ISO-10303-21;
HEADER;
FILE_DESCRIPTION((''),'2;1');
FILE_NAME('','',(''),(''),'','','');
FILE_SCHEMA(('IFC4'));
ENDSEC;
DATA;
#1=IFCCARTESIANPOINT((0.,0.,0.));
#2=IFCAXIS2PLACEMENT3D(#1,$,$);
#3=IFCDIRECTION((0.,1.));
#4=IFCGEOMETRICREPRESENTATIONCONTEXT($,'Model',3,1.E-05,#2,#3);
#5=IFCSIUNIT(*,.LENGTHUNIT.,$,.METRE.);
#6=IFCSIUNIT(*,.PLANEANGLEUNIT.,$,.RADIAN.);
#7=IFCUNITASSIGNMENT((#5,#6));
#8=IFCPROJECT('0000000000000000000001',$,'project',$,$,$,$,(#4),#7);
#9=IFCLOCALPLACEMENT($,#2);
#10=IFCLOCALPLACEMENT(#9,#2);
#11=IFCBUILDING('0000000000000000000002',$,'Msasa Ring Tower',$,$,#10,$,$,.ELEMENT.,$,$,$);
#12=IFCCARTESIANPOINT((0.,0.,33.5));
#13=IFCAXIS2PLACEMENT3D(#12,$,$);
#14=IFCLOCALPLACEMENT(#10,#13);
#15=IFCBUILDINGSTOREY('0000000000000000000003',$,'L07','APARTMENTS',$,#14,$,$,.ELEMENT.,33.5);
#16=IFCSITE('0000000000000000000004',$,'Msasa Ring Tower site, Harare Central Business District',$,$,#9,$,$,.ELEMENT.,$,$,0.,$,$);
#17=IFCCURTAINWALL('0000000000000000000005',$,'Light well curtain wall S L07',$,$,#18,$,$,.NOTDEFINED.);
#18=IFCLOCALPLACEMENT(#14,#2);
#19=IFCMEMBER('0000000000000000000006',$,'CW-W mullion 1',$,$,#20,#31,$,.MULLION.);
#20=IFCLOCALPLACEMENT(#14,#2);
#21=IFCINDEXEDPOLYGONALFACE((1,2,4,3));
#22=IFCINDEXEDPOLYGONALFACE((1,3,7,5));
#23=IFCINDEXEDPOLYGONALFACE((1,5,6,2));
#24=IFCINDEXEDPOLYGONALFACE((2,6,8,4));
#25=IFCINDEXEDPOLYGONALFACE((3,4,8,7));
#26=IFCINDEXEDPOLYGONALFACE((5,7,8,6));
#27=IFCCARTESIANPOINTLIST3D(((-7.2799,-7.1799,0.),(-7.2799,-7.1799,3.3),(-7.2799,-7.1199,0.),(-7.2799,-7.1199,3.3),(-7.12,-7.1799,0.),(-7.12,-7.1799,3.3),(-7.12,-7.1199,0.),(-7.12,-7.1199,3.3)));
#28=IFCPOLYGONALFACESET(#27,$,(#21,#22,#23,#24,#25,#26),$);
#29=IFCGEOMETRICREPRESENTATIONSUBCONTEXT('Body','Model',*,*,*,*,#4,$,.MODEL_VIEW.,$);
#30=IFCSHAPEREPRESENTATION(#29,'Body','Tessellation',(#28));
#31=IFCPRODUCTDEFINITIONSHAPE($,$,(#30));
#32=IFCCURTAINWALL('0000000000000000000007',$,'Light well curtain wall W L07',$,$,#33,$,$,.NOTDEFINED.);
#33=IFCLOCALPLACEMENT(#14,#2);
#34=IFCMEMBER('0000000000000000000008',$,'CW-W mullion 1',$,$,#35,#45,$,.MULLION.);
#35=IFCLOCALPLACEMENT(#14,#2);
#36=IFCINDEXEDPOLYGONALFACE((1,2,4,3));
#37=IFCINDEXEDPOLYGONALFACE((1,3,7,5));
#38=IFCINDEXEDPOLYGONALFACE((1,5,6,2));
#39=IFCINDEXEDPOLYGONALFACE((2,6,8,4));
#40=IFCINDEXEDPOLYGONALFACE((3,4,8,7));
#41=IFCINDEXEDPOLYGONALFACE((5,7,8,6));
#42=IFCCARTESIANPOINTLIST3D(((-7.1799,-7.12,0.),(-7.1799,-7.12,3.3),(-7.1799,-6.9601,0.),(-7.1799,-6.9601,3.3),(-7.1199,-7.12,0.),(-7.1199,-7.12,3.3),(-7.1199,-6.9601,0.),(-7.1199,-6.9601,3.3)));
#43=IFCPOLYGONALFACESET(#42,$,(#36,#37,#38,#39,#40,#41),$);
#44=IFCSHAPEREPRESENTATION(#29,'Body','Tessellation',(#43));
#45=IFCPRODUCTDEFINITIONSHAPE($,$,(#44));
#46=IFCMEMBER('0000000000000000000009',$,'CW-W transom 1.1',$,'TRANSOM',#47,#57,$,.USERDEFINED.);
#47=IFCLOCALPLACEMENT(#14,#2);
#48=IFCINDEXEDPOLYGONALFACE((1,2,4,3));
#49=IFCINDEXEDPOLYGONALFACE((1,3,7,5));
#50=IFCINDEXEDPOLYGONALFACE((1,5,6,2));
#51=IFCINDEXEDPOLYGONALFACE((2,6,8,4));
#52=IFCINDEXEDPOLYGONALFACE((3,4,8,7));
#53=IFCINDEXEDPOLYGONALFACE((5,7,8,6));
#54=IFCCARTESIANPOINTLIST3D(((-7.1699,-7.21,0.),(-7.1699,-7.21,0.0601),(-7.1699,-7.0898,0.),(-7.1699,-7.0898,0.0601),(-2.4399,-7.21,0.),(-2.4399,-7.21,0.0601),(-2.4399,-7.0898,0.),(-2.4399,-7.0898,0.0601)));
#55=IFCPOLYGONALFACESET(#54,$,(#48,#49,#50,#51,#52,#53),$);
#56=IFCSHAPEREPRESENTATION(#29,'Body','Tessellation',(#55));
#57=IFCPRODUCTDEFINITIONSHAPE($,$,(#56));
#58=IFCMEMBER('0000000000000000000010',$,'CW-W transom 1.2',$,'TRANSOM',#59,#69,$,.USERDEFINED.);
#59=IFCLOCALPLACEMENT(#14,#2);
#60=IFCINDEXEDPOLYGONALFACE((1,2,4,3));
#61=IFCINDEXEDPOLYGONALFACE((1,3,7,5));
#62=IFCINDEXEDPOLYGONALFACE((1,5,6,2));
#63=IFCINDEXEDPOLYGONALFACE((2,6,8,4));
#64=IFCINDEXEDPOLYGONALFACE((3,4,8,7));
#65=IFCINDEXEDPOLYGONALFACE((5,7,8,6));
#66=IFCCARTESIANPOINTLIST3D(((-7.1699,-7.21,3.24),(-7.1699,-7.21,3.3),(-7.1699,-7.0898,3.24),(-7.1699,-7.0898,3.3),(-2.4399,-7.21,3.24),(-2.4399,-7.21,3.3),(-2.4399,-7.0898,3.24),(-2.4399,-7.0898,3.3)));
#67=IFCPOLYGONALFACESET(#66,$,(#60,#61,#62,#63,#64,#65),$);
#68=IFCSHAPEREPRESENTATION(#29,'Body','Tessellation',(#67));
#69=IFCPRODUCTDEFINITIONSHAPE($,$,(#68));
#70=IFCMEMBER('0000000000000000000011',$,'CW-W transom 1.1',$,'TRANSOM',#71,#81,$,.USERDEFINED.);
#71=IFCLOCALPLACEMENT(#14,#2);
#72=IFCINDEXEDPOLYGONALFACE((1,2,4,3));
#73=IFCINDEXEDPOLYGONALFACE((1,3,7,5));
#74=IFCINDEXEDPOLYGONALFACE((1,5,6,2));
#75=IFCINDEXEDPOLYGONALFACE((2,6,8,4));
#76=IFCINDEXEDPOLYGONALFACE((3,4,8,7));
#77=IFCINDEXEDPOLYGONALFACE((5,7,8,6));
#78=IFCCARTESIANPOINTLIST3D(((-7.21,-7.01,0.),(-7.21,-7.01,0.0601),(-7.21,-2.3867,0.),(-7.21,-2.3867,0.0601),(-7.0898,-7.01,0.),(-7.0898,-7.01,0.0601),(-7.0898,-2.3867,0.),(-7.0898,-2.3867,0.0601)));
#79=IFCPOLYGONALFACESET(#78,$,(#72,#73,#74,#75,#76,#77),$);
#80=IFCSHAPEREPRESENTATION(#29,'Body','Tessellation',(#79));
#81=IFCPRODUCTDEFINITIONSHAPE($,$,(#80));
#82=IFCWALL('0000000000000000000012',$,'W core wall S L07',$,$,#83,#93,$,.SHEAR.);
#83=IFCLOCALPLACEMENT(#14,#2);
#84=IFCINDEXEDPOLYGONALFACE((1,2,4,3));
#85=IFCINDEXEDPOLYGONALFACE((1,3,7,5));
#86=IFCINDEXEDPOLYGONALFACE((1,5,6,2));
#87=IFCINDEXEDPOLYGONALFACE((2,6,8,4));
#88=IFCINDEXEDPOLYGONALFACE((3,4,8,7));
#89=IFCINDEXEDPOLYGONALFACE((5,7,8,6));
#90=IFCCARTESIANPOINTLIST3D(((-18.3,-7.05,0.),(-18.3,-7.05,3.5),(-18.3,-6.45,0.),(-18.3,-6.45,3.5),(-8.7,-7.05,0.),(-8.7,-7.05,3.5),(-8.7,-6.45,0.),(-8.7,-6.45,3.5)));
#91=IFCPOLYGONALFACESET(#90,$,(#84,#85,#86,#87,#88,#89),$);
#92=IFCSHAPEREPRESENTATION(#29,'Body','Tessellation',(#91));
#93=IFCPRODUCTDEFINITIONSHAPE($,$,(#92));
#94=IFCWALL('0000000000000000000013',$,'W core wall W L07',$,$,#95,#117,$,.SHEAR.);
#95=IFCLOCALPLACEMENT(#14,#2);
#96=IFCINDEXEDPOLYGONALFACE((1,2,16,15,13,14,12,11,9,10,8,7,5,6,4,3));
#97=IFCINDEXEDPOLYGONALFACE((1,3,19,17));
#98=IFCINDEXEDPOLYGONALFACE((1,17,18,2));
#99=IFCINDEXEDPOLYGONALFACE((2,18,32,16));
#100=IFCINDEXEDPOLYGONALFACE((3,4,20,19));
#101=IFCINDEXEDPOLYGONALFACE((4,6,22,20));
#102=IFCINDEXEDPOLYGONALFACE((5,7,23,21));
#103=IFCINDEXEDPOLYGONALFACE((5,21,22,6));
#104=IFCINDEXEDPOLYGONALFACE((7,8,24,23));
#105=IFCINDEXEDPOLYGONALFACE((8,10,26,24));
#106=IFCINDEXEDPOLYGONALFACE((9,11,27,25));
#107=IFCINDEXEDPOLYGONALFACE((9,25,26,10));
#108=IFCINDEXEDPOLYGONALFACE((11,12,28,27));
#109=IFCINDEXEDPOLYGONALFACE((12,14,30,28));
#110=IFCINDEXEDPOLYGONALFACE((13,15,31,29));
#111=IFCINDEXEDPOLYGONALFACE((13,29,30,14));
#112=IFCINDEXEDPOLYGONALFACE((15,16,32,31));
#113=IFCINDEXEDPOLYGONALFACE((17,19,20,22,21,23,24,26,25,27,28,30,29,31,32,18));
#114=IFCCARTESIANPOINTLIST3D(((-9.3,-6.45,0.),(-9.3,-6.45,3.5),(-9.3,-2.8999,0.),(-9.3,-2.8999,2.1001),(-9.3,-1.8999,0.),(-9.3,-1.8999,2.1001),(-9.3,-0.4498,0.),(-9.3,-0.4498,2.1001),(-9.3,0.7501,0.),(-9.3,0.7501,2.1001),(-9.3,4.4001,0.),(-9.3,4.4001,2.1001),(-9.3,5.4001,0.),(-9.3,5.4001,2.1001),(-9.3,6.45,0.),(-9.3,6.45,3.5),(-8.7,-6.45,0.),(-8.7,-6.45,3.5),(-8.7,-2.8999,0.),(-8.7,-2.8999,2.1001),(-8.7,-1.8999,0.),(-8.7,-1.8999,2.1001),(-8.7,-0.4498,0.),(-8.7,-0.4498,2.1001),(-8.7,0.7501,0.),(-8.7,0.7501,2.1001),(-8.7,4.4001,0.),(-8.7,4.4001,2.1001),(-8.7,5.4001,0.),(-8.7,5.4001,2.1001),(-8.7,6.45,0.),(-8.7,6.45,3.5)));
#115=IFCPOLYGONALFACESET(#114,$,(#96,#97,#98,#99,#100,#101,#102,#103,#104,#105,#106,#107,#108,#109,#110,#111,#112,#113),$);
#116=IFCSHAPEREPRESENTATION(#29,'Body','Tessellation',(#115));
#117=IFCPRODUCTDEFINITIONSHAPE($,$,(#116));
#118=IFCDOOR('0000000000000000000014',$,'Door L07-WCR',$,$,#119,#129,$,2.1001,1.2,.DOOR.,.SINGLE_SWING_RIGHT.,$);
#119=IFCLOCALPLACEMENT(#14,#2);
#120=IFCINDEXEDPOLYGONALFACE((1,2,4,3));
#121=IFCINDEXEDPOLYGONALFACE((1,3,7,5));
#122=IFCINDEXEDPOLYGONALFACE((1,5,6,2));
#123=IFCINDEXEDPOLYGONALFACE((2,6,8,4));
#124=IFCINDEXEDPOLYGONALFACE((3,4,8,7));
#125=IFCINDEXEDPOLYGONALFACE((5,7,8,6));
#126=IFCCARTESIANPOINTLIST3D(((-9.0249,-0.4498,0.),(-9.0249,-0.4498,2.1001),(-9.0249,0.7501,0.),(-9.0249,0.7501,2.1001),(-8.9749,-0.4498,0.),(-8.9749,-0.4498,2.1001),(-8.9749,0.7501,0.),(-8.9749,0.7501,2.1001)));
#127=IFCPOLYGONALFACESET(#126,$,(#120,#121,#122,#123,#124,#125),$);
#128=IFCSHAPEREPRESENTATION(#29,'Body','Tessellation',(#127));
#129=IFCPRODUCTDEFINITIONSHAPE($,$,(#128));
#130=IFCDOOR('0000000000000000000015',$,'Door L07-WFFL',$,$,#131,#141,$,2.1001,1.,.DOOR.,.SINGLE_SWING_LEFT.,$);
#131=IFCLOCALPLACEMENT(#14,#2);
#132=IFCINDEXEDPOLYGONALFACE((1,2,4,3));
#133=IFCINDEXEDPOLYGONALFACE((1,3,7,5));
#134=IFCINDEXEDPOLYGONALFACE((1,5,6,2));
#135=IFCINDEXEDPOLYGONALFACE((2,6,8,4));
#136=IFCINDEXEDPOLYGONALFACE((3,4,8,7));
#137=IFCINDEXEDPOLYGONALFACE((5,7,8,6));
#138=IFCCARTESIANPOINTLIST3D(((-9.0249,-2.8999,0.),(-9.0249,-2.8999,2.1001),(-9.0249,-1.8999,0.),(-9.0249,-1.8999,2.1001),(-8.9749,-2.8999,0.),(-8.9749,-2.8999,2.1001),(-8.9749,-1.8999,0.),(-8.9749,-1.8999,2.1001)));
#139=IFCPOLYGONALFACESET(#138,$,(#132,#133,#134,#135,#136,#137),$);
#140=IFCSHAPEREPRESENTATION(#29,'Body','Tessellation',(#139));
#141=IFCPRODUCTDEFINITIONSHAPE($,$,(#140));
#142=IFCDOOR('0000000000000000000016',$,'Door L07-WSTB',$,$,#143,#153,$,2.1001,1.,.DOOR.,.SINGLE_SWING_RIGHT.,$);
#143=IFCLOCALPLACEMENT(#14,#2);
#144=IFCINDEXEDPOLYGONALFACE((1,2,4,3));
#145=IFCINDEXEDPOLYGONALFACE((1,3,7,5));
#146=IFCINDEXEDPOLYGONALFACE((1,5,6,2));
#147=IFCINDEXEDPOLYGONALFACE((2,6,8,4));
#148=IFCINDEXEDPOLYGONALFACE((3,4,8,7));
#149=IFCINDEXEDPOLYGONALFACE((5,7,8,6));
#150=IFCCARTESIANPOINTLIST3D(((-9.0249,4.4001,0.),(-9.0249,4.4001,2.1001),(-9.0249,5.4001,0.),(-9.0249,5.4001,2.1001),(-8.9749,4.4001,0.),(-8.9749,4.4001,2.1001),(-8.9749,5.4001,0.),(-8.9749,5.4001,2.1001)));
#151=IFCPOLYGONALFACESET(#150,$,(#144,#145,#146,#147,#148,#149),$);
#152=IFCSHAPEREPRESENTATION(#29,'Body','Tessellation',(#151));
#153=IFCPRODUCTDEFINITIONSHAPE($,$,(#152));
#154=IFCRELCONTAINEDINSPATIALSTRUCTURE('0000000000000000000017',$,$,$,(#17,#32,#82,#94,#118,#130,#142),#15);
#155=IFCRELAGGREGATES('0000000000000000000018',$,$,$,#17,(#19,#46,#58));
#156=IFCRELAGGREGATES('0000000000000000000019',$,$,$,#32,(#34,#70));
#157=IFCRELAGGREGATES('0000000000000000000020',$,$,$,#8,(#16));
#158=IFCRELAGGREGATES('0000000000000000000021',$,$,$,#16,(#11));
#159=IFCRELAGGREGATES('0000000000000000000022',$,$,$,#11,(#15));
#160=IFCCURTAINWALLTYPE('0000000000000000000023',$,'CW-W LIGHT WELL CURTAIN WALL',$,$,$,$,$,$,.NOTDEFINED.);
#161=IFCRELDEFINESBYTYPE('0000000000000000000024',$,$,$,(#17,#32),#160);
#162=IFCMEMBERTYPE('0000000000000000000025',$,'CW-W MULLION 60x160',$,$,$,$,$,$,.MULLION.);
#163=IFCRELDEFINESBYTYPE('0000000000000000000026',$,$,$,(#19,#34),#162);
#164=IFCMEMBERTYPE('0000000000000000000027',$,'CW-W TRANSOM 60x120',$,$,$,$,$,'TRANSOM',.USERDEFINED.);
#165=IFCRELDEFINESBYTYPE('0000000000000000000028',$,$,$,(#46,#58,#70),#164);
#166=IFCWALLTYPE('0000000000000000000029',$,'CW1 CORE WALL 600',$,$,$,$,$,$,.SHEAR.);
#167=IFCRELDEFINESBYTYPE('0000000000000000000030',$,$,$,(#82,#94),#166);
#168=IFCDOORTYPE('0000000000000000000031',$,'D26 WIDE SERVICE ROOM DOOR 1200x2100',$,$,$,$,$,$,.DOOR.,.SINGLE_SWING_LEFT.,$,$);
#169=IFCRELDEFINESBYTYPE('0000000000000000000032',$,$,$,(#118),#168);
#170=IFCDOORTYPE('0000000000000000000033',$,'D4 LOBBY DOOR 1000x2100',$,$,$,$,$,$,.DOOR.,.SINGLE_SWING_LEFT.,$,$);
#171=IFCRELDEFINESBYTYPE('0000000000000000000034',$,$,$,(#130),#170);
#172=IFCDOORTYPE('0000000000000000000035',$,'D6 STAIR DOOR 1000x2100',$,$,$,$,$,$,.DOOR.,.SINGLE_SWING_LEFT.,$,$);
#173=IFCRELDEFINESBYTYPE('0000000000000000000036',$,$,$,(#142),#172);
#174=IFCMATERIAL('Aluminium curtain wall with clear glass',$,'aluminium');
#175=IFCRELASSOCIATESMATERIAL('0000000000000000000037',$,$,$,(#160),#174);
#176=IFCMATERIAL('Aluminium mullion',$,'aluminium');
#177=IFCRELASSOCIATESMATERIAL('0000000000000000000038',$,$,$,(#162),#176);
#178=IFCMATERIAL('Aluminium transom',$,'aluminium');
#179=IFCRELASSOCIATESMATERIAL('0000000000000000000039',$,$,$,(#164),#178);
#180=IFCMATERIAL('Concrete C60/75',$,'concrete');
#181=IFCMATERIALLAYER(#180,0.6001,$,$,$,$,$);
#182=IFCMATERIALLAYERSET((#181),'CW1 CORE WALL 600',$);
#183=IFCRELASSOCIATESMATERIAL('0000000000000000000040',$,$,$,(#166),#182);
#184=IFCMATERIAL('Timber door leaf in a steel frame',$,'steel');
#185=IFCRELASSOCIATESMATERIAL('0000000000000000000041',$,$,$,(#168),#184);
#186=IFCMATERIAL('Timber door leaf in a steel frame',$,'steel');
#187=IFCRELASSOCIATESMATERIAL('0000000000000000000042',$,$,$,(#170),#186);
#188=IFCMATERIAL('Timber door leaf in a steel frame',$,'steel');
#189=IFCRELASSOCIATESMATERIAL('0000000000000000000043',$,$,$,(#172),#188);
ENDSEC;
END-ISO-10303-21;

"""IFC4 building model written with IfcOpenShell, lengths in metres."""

from ifc_helpers import new_model, si_unit, direction, frame, frame_2d, origin, origin_2d, place, context, subcontext, project, spatial, rectangle, extrude, material, layer, layer_set, material_profile, profile_set, type_object, element, fill, aggregate, save


model = new_model("IFC4")

# Units and contexts
model_context = context("Model", 3, precision=1e-05, world=origin(), true_north=direction((0.0, 1.0)))
body_context = subcontext(model_context, "Body", "Model", "MODEL_VIEW")
ifc_project = project(units=[si_unit("LENGTHUNIT", "METRE"), si_unit("PLANEANGLEUNIT", "RADIAN")], contexts=[model_context])

# Site, building, storey
site_placement = place(None, origin())
site = spatial("IfcSite", under=ifc_project, at=site_placement, Name="Msasa Ring Tower site, Harare Central Business District", CompositionType="ELEMENT", RefElevation=0.0)
building_placement = place(site_placement, origin())
building = spatial("IfcBuilding", under=site, at=building_placement, Name="Msasa Ring Tower", CompositionType="ELEMENT")
storey_placement = place(building_placement, frame((0.0, 0.0, 33.5)))
storey = spatial("IfcBuildingStorey", under=building, at=storey_placement, Name="L07", Description="APARTMENTS", CompositionType="ELEMENT", Elevation=33.5)

# Curtain walls, members
ifc_material_1 = material(Name="Aluminium curtain wall with clear glass", Category="aluminium")
curtain_wall_type = type_object("IfcCurtainWallType", Name="CW-W LIGHT WELL CURTAIN WALL", PredefinedType="NOTDEFINED", material=ifc_material_1)
curtain_wall_1_placement = place(storey_placement, origin())
curtain_wall_1 = element("IfcCurtainWall", 1, at=curtain_wall_1_placement, inside=storey, type_object=curtain_wall_type, Name="Light well curtain wall S L07", PredefinedType="NOTDEFINED")
ifc_material_2 = material(Name="Aluminium mullion", Category="aluminium")
ifc_material_profile_1 = material_profile(ifc_material_2, rectangle(XDim=0.0601, YDim=0.1599, at=origin_2d()), Name="AL 60x160")
ifc_profile_set_1 = profile_set([ifc_material_profile_1], Name="Aluminium mullion")
member_type_1 = type_object("IfcMemberType", Name="CW-W MULLION 60x160", PredefinedType="MULLION", material=ifc_profile_set_1)
member_1_placement = place(storey_placement, frame((-7.2, -7.1499, 0.0), z_axis=(0.0, 0.0, 1.0), x_axis=(0.0, 1.0, 0.0)))
member_1 = element("IfcMember", 2, at=member_1_placement, type_object=member_type_1, Name="CW-W mullion 1", PredefinedType="MULLION", context=body_context, shape_type="SweptSolid", body=[
    extrude(rectangle(XDim=0.0601, YDim=0.1599, at=origin_2d()), origin(), (0.0, 0.0, 1.0), 3.3),
])
curtain_wall_2_placement = place(storey_placement, origin())
curtain_wall_2 = element("IfcCurtainWall", 3, at=curtain_wall_2_placement, inside=storey, type_object=curtain_wall_type, Name="Light well curtain wall W L07", PredefinedType="NOTDEFINED")
member_2_placement = place(storey_placement, frame((-7.1499, -7.04, 0.0), z_axis=(0.0, 0.0, 1.0), x_axis=(-1.0, 0.0, 0.0)))
member_2 = element("IfcMember", 4, at=member_2_placement, type_object=member_type_1, Name="CW-W mullion 1", PredefinedType="MULLION", context=body_context, shape_type="SweptSolid", body=[
    extrude(rectangle(XDim=0.0601, YDim=0.1599, at=origin_2d()), origin(), (0.0, 0.0, 1.0), 3.3),
])

# Members
ifc_material_3 = material(Name="Aluminium transom", Category="aluminium")
ifc_material_profile_2 = material_profile(ifc_material_3, rectangle(XDim=0.1201, YDim=0.0601, at=origin_2d()), Name="AL 60x120")
ifc_profile_set_2 = profile_set([ifc_material_profile_2], Name="Aluminium transom")
member_type_2 = type_object("IfcMemberType", Name="CW-W TRANSOM 60x120", ElementType="TRANSOM", PredefinedType="USERDEFINED", material=ifc_profile_set_2)
member_3_placement = place(storey_placement, frame((-7.1699, -7.1499, 0.03), z_axis=(1.0, 0.0, 0.0), x_axis=(0.0, 1.0, 0.0)))
member_3 = element("IfcMember", 5, at=member_3_placement, type_object=member_type_2, Name="CW-W transom 1.1", ObjectType="TRANSOM", PredefinedType="USERDEFINED", context=body_context, shape_type="SweptSolid", body=[
    extrude(rectangle(XDim=0.1201, YDim=0.0601, at=origin_2d()), origin(), (0.0, 0.0, 1.0), 4.73),
])
member_4_placement = place(storey_placement, frame((-7.1699, -7.1499, 3.27), z_axis=(1.0, 0.0, 0.0), x_axis=(0.0, 1.0, 0.0)))
member_4 = element("IfcMember", 6, at=member_4_placement, type_object=member_type_2, Name="CW-W transom 1.2", ObjectType="TRANSOM", PredefinedType="USERDEFINED", context=body_context, shape_type="SweptSolid", body=[
    extrude(rectangle(XDim=0.1201, YDim=0.0601, at=origin_2d()), origin(), (0.0, 0.0, 1.0), 4.73),
])
aggregate(curtain_wall_1, [member_1, member_3, member_4])
member_5_placement = place(storey_placement, frame((-7.1499, -7.01, 0.03), z_axis=(0.0, 1.0, 0.0), x_axis=(-1.0, 0.0, 0.0)))
member_5 = element("IfcMember", 7, at=member_5_placement, type_object=member_type_2, Name="CW-W transom 1.1", ObjectType="TRANSOM", PredefinedType="USERDEFINED", context=body_context, shape_type="SweptSolid", body=[
    extrude(rectangle(XDim=0.1201, YDim=0.0601, at=origin_2d()), origin(), (0.0, 0.0, 1.0), 4.6233),
])
aggregate(curtain_wall_2, [member_2, member_5])

# Wall
ifc_material_4 = material(Name="Concrete C60/75", Category="concrete")
ifc_layer_1 = layer(ifc_material_4, 0.6001)
ifc_layer_set_1 = layer_set([ifc_layer_1], Name="CW1 CORE WALL 600")
wall_type_1 = type_object("IfcWallType", Name="CW1 CORE WALL 600", PredefinedType="SHEAR", material=ifc_layer_set_1)
wall_1_placement = place(storey_placement, frame((-8.7, -6.75, 0.0), z_axis=(0.0, 0.0, 1.0), x_axis=(-1.0, 0.0, 0.0)))
element("IfcWall", 8, at=wall_1_placement, inside=storey, type_object=wall_type_1, Name="W core wall S L07", PredefinedType="SHEAR", context=body_context, shape_type="SweptSolid", body=[
    extrude(rectangle(XDim=9.6001, YDim=0.6001, at=frame_2d((4.8, 0.0))), origin(), (0.0, 0.0, 1.0), 3.5),
])

# Wall, openings, doors
wall_2_placement = place(storey_placement, frame((-9.0, -6.45, 0.0), z_axis=(0.0, 0.0, 1.0), x_axis=(0.0, 1.0, 0.0)))
wall_2 = element("IfcWall", 9, at=wall_2_placement, inside=storey, type_object=wall_type_1, Name="W core wall W L07", PredefinedType="SHEAR", context=body_context, shape_type="SweptSolid", body=[
    extrude(rectangle(XDim=12.8999, YDim=0.6001, at=frame_2d((6.45, 0.0))), origin(), (0.0, 0.0, 1.0), 3.5),
])
opening_1_placement = place(wall_2_placement, frame((3.55, 0.0, 0.0)))
opening_1 = element("IfcOpeningElement", 10, at=opening_1_placement, cuts=wall_2, PredefinedType="OPENING", context=body_context, shape_type="SweptSolid", body=[
    extrude(rectangle(XDim=1.0, YDim=2.1001, at=frame_2d((0.5, 1.05))), frame((0.0, 0.3101, 0.0), z_axis=(0.0, -1.0, 0.0), x_axis=(1.0, 0.0, 0.0)), (0.0, 0.0, 1.0), 0.6201),
])
opening_2_placement = place(wall_2_placement, frame((6.0, 0.0, 0.0)))
opening_2 = element("IfcOpeningElement", 11, at=opening_2_placement, cuts=wall_2, PredefinedType="OPENING", context=body_context, shape_type="SweptSolid", body=[
    extrude(rectangle(XDim=1.2, YDim=2.1001, at=frame_2d((0.6001, 1.05))), frame((0.0, 0.3101, 0.0), z_axis=(0.0, -1.0, 0.0), x_axis=(1.0, 0.0, 0.0)), (0.0, 0.0, 1.0), 0.6201),
])
opening_3_placement = place(wall_2_placement, frame((10.8501, 0.0, 0.0)))
opening_3 = element("IfcOpeningElement", 12, at=opening_3_placement, cuts=wall_2, PredefinedType="OPENING", context=body_context, shape_type="SweptSolid", body=[
    extrude(rectangle(XDim=1.0, YDim=2.1001, at=frame_2d((0.5, 1.05))), frame((0.0, 0.3101, 0.0), z_axis=(0.0, -1.0, 0.0), x_axis=(1.0, 0.0, 0.0)), (0.0, 0.0, 1.0), 0.6201),
])
ifc_material_5 = material(Name="Timber door leaf in a steel frame", Category="steel")
door_type_1 = type_object("IfcDoorType", Name="D26 WIDE SERVICE ROOM DOOR 1200x2100", OperationType="SINGLE_SWING_LEFT", PredefinedType="DOOR", material=ifc_material_5)
door_1_placement = place(opening_2_placement, origin())
door_1 = element("IfcDoor", 13, at=door_1_placement, inside=storey, type_object=door_type_1, Name="Door L07-WCR", OperationType="SINGLE_SWING_RIGHT", OverallHeight=2.1001, OverallWidth=1.2, PredefinedType="DOOR", context=body_context, shape_type="SweptSolid", body=[
    extrude(rectangle(XDim=1.2, YDim=2.1001, at=frame_2d((0.6001, 1.05))), frame((0.0, 0.0249, 0.0), z_axis=(0.0, -1.0, 0.0), x_axis=(1.0, 0.0, 0.0)), (0.0, 0.0, 1.0), 0.05),
])
fill(opening_2, door_1)
ifc_material_6 = material(Name="Timber door leaf in a steel frame", Category="steel")
door_type_2 = type_object("IfcDoorType", Name="D4 LOBBY DOOR 1000x2100", OperationType="SINGLE_SWING_LEFT", PredefinedType="DOOR", material=ifc_material_6)
door_2_placement = place(opening_1_placement, origin())
door_2 = element("IfcDoor", 14, at=door_2_placement, inside=storey, type_object=door_type_2, Name="Door L07-WFFL", OperationType="SINGLE_SWING_LEFT", OverallHeight=2.1001, OverallWidth=1.0, PredefinedType="DOOR", context=body_context, shape_type="SweptSolid", body=[
    extrude(rectangle(XDim=1.0, YDim=2.1001, at=frame_2d((0.5, 1.05))), frame((0.0, 0.0249, 0.0), z_axis=(0.0, -1.0, 0.0), x_axis=(1.0, 0.0, 0.0)), (0.0, 0.0, 1.0), 0.05),
])
fill(opening_1, door_2)
ifc_material_7 = material(Name="Timber door leaf in a steel frame", Category="steel")
door_type_3 = type_object("IfcDoorType", Name="D6 STAIR DOOR 1000x2100", OperationType="SINGLE_SWING_LEFT", PredefinedType="DOOR", material=ifc_material_7)
door_3_placement = place(opening_3_placement, origin())
door_3 = element("IfcDoor", 15, at=door_3_placement, inside=storey, type_object=door_type_3, Name="Door L07-WSTB", OperationType="SINGLE_SWING_RIGHT", OverallHeight=2.1001, OverallWidth=1.0, PredefinedType="DOOR", context=body_context, shape_type="SweptSolid", body=[
    extrude(rectangle(XDim=1.0, YDim=2.1001, at=frame_2d((0.5, 1.05))), frame((0.0, 0.0249, 0.0), z_axis=(0.0, -1.0, 0.0), x_axis=(1.0, 0.0, 0.0)), (0.0, 0.0, 1.0), 0.05),
])
fill(opening_3, door_3)

save(model, "model.ifc")
